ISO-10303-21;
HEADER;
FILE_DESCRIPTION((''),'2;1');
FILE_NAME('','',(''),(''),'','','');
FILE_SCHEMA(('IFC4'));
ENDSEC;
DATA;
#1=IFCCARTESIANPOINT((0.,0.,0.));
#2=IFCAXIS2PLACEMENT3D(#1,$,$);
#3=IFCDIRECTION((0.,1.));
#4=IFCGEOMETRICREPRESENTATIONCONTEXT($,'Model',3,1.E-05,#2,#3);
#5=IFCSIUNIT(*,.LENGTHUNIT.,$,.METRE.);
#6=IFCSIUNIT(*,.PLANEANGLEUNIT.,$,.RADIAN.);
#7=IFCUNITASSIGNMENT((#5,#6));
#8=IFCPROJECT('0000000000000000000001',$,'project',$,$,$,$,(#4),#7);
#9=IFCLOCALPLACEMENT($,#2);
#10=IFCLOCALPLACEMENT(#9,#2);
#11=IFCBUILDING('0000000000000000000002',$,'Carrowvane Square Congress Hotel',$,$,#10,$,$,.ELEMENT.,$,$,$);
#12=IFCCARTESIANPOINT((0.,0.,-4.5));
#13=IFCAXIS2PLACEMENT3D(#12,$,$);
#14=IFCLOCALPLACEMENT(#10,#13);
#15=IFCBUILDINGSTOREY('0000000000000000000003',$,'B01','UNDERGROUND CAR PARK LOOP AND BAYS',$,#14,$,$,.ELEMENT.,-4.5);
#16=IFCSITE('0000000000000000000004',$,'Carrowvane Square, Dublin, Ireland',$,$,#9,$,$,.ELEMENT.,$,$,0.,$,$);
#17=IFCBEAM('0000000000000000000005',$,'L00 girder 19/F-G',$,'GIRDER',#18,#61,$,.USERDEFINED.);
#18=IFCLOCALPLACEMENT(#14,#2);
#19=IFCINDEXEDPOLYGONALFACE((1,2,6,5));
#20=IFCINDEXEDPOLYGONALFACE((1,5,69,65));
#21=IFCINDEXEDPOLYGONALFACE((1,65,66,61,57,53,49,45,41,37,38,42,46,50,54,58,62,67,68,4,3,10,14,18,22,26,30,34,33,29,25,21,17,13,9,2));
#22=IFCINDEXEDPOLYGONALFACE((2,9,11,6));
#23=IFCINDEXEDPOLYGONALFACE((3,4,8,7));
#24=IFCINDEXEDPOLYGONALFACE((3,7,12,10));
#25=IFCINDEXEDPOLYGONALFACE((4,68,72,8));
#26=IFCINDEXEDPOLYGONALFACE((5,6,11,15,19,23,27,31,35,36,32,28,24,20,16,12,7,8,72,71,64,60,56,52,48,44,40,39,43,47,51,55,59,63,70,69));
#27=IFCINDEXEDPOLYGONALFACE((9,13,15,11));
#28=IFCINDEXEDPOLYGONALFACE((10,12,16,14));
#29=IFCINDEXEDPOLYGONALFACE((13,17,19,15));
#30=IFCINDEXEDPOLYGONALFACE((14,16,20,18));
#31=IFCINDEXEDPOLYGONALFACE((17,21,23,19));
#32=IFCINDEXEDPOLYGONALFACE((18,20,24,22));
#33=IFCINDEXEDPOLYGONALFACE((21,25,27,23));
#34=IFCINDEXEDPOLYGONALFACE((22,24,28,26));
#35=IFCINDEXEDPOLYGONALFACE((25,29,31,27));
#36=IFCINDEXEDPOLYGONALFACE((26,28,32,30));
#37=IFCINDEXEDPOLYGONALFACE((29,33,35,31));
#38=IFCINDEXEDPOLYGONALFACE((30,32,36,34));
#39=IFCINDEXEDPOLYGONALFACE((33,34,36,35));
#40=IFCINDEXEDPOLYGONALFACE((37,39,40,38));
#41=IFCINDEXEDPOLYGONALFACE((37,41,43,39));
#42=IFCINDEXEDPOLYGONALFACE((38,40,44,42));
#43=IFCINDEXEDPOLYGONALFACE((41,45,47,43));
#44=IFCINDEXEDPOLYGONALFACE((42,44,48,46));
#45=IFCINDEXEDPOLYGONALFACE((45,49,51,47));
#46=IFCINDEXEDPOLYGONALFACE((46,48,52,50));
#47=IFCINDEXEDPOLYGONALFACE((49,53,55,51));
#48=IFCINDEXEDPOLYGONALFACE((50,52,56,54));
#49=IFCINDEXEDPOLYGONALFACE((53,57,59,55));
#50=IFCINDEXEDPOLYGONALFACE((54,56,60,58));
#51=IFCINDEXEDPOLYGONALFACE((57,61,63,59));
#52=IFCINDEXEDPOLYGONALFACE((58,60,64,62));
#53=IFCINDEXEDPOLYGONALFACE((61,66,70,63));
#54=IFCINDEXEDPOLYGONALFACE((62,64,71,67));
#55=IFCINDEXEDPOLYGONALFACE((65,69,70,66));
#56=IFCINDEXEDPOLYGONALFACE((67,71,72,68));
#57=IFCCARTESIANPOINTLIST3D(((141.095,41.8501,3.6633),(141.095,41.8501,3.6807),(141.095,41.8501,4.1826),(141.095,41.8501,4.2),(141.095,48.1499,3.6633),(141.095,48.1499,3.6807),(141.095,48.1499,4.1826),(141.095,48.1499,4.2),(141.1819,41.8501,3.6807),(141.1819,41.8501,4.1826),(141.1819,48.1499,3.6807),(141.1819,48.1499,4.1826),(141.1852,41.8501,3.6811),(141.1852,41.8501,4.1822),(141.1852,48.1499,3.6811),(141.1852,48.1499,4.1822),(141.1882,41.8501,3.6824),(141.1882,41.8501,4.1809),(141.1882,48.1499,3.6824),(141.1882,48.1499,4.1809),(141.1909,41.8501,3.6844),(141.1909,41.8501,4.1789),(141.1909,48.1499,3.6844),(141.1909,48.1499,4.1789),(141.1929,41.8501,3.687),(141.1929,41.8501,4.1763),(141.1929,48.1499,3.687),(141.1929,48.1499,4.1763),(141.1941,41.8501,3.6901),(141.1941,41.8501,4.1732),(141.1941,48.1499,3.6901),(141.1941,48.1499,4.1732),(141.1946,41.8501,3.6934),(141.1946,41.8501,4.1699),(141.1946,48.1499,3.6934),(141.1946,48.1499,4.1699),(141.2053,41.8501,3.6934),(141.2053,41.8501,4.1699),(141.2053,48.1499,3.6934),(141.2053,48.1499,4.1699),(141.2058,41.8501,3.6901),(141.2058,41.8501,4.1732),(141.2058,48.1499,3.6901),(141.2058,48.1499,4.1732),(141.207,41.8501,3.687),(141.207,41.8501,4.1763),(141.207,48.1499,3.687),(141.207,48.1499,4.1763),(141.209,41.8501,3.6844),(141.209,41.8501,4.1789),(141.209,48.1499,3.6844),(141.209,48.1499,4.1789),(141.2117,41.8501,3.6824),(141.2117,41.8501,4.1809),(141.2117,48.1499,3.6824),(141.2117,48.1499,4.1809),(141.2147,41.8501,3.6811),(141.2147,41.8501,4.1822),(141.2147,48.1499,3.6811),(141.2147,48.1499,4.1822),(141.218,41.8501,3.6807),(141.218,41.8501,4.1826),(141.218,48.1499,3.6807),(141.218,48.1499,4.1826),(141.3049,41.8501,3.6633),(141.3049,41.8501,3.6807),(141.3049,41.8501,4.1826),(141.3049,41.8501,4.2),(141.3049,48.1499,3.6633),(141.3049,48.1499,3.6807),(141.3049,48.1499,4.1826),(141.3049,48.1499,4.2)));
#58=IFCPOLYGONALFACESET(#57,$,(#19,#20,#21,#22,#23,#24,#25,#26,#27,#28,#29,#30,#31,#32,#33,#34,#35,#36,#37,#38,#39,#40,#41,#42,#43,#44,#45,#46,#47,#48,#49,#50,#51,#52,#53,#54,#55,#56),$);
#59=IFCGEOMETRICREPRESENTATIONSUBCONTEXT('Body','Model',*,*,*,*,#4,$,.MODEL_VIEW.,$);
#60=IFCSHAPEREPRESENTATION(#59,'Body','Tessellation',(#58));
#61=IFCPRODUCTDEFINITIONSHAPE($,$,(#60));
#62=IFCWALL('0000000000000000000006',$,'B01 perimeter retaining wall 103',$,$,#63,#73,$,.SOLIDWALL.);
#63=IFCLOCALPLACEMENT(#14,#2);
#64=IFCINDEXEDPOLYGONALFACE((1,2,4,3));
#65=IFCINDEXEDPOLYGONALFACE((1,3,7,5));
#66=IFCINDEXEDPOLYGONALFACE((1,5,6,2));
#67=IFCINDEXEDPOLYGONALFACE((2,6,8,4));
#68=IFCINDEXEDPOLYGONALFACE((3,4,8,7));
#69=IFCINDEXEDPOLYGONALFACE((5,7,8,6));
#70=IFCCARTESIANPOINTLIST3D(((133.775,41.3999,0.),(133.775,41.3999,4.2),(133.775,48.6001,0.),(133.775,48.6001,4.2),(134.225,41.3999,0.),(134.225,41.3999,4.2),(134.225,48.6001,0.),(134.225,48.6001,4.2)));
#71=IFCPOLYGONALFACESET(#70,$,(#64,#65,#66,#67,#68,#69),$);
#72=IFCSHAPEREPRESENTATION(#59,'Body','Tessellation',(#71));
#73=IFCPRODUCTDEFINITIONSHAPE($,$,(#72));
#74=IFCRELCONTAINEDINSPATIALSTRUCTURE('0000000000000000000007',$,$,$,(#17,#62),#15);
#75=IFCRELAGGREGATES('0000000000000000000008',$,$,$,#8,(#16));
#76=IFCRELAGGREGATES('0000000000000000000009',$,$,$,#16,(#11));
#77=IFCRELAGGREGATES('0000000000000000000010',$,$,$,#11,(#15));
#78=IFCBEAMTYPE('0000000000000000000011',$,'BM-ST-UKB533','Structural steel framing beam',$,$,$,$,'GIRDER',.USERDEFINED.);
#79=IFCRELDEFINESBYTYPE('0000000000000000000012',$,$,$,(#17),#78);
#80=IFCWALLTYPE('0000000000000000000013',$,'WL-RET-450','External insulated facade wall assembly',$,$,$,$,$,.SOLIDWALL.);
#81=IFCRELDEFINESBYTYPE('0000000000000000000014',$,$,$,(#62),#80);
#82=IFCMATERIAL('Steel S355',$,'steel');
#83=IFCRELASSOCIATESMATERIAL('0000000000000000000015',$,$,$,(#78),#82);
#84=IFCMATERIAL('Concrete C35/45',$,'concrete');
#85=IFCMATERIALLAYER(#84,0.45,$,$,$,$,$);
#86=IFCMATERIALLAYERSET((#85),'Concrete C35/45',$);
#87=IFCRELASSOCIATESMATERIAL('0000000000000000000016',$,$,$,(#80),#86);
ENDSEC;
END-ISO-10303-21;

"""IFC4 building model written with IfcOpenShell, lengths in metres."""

from ifc_helpers import new_model, si_unit, direction, frame, frame_2d, origin, origin_2d, place, context, subcontext, project, spatial, rectangle, i_section, extrude, material, layer, layer_set, material_profile, profile_set, type_object, element, save


model = new_model("IFC4")

# Units and contexts
model_context = context("Model", 3, precision=1e-05, world=origin(), true_north=direction((0.0, 1.0)))
body_context = subcontext(model_context, "Body", "Model", "MODEL_VIEW")
ifc_project = project(units=[si_unit("LENGTHUNIT", "METRE"), si_unit("PLANEANGLEUNIT", "RADIAN")], contexts=[model_context])

# Site, building, storey
site_placement = place(None, origin())
site = spatial("IfcSite", under=ifc_project, at=site_placement, Name="Carrowvane Square, Dublin, Ireland", CompositionType="ELEMENT", RefElevation=0.0)
building_placement = place(site_placement, origin())
building = spatial("IfcBuilding", under=site, at=building_placement, Name="Carrowvane Square Congress Hotel", CompositionType="ELEMENT")
storey_placement = place(building_placement, frame((0.0, 0.0, -4.5)))
storey = spatial("IfcBuildingStorey", under=building, at=storey_placement, Name="B01", Description="UNDERGROUND CAR PARK LOOP AND BAYS", CompositionType="ELEMENT", Elevation=-4.5)

# Beam
ifc_material_1 = material(Name="Steel S355", Category="steel")
ifc_material_profile_1 = material_profile(ifc_material_1, i_section(OverallWidth=0.21, OverallDepth=0.5366, WebThickness=0.0107, FlangeThickness=0.0173, FilletRadius=0.0127, at=origin_2d()), Name="UKB 533x210x101")
ifc_profile_set_1 = profile_set([ifc_material_profile_1], Name="Steel S355")
beam_type_1 = type_object("IfcBeamType", Name="BM-ST-UKB533", Description="Structural steel framing beam", ElementType="GIRDER", PredefinedType="USERDEFINED", material=ifc_profile_set_1)
beam_1_placement = place(storey_placement, frame((141.2, 41.8501, 3.9316), z_axis=(0.0, 1.0, 0.0), x_axis=(-1.0, 0.0, 0.0)))
element("IfcBeam", 1, at=beam_1_placement, inside=storey, type_object=beam_type_1, Name="L00 girder 19/F-G", ObjectType="GIRDER", PredefinedType="USERDEFINED", context=body_context, shape_type="SweptSolid", body=[
    extrude(i_section(OverallWidth=0.21, OverallDepth=0.5366, WebThickness=0.0107, FlangeThickness=0.0173, FilletRadius=0.0127, at=origin_2d()), origin(), (0.0, 0.0, 1.0), 6.2998),
])

# Wall
ifc_material_2 = material(Name="Concrete C35/45", Category="concrete")
ifc_layer = layer(ifc_material_2, 0.45)
ifc_layer_set = layer_set([ifc_layer], Name="Concrete C35/45")
wall_type = type_object("IfcWallType", Name="WL-RET-450", Description="External insulated facade wall assembly", PredefinedType="SOLIDWALL", material=ifc_layer_set)
wall_placement = place(storey_placement, frame((134.0, 41.3999, 0.0), z_axis=(0.0, 0.0, 1.0), x_axis=(0.0, 1.0, 0.0)))
element("IfcWall", 2, at=wall_placement, inside=storey, type_object=wall_type, Name="B01 perimeter retaining wall 103", PredefinedType="SOLIDWALL", context=body_context, shape_type="SweptSolid", body=[
    extrude(rectangle(XDim=7.2002, YDim=0.45, at=frame_2d((3.6001, 0.0))), origin(), (0.0, 0.0, 1.0), 4.2),
])

save(model, "model.ifc")
